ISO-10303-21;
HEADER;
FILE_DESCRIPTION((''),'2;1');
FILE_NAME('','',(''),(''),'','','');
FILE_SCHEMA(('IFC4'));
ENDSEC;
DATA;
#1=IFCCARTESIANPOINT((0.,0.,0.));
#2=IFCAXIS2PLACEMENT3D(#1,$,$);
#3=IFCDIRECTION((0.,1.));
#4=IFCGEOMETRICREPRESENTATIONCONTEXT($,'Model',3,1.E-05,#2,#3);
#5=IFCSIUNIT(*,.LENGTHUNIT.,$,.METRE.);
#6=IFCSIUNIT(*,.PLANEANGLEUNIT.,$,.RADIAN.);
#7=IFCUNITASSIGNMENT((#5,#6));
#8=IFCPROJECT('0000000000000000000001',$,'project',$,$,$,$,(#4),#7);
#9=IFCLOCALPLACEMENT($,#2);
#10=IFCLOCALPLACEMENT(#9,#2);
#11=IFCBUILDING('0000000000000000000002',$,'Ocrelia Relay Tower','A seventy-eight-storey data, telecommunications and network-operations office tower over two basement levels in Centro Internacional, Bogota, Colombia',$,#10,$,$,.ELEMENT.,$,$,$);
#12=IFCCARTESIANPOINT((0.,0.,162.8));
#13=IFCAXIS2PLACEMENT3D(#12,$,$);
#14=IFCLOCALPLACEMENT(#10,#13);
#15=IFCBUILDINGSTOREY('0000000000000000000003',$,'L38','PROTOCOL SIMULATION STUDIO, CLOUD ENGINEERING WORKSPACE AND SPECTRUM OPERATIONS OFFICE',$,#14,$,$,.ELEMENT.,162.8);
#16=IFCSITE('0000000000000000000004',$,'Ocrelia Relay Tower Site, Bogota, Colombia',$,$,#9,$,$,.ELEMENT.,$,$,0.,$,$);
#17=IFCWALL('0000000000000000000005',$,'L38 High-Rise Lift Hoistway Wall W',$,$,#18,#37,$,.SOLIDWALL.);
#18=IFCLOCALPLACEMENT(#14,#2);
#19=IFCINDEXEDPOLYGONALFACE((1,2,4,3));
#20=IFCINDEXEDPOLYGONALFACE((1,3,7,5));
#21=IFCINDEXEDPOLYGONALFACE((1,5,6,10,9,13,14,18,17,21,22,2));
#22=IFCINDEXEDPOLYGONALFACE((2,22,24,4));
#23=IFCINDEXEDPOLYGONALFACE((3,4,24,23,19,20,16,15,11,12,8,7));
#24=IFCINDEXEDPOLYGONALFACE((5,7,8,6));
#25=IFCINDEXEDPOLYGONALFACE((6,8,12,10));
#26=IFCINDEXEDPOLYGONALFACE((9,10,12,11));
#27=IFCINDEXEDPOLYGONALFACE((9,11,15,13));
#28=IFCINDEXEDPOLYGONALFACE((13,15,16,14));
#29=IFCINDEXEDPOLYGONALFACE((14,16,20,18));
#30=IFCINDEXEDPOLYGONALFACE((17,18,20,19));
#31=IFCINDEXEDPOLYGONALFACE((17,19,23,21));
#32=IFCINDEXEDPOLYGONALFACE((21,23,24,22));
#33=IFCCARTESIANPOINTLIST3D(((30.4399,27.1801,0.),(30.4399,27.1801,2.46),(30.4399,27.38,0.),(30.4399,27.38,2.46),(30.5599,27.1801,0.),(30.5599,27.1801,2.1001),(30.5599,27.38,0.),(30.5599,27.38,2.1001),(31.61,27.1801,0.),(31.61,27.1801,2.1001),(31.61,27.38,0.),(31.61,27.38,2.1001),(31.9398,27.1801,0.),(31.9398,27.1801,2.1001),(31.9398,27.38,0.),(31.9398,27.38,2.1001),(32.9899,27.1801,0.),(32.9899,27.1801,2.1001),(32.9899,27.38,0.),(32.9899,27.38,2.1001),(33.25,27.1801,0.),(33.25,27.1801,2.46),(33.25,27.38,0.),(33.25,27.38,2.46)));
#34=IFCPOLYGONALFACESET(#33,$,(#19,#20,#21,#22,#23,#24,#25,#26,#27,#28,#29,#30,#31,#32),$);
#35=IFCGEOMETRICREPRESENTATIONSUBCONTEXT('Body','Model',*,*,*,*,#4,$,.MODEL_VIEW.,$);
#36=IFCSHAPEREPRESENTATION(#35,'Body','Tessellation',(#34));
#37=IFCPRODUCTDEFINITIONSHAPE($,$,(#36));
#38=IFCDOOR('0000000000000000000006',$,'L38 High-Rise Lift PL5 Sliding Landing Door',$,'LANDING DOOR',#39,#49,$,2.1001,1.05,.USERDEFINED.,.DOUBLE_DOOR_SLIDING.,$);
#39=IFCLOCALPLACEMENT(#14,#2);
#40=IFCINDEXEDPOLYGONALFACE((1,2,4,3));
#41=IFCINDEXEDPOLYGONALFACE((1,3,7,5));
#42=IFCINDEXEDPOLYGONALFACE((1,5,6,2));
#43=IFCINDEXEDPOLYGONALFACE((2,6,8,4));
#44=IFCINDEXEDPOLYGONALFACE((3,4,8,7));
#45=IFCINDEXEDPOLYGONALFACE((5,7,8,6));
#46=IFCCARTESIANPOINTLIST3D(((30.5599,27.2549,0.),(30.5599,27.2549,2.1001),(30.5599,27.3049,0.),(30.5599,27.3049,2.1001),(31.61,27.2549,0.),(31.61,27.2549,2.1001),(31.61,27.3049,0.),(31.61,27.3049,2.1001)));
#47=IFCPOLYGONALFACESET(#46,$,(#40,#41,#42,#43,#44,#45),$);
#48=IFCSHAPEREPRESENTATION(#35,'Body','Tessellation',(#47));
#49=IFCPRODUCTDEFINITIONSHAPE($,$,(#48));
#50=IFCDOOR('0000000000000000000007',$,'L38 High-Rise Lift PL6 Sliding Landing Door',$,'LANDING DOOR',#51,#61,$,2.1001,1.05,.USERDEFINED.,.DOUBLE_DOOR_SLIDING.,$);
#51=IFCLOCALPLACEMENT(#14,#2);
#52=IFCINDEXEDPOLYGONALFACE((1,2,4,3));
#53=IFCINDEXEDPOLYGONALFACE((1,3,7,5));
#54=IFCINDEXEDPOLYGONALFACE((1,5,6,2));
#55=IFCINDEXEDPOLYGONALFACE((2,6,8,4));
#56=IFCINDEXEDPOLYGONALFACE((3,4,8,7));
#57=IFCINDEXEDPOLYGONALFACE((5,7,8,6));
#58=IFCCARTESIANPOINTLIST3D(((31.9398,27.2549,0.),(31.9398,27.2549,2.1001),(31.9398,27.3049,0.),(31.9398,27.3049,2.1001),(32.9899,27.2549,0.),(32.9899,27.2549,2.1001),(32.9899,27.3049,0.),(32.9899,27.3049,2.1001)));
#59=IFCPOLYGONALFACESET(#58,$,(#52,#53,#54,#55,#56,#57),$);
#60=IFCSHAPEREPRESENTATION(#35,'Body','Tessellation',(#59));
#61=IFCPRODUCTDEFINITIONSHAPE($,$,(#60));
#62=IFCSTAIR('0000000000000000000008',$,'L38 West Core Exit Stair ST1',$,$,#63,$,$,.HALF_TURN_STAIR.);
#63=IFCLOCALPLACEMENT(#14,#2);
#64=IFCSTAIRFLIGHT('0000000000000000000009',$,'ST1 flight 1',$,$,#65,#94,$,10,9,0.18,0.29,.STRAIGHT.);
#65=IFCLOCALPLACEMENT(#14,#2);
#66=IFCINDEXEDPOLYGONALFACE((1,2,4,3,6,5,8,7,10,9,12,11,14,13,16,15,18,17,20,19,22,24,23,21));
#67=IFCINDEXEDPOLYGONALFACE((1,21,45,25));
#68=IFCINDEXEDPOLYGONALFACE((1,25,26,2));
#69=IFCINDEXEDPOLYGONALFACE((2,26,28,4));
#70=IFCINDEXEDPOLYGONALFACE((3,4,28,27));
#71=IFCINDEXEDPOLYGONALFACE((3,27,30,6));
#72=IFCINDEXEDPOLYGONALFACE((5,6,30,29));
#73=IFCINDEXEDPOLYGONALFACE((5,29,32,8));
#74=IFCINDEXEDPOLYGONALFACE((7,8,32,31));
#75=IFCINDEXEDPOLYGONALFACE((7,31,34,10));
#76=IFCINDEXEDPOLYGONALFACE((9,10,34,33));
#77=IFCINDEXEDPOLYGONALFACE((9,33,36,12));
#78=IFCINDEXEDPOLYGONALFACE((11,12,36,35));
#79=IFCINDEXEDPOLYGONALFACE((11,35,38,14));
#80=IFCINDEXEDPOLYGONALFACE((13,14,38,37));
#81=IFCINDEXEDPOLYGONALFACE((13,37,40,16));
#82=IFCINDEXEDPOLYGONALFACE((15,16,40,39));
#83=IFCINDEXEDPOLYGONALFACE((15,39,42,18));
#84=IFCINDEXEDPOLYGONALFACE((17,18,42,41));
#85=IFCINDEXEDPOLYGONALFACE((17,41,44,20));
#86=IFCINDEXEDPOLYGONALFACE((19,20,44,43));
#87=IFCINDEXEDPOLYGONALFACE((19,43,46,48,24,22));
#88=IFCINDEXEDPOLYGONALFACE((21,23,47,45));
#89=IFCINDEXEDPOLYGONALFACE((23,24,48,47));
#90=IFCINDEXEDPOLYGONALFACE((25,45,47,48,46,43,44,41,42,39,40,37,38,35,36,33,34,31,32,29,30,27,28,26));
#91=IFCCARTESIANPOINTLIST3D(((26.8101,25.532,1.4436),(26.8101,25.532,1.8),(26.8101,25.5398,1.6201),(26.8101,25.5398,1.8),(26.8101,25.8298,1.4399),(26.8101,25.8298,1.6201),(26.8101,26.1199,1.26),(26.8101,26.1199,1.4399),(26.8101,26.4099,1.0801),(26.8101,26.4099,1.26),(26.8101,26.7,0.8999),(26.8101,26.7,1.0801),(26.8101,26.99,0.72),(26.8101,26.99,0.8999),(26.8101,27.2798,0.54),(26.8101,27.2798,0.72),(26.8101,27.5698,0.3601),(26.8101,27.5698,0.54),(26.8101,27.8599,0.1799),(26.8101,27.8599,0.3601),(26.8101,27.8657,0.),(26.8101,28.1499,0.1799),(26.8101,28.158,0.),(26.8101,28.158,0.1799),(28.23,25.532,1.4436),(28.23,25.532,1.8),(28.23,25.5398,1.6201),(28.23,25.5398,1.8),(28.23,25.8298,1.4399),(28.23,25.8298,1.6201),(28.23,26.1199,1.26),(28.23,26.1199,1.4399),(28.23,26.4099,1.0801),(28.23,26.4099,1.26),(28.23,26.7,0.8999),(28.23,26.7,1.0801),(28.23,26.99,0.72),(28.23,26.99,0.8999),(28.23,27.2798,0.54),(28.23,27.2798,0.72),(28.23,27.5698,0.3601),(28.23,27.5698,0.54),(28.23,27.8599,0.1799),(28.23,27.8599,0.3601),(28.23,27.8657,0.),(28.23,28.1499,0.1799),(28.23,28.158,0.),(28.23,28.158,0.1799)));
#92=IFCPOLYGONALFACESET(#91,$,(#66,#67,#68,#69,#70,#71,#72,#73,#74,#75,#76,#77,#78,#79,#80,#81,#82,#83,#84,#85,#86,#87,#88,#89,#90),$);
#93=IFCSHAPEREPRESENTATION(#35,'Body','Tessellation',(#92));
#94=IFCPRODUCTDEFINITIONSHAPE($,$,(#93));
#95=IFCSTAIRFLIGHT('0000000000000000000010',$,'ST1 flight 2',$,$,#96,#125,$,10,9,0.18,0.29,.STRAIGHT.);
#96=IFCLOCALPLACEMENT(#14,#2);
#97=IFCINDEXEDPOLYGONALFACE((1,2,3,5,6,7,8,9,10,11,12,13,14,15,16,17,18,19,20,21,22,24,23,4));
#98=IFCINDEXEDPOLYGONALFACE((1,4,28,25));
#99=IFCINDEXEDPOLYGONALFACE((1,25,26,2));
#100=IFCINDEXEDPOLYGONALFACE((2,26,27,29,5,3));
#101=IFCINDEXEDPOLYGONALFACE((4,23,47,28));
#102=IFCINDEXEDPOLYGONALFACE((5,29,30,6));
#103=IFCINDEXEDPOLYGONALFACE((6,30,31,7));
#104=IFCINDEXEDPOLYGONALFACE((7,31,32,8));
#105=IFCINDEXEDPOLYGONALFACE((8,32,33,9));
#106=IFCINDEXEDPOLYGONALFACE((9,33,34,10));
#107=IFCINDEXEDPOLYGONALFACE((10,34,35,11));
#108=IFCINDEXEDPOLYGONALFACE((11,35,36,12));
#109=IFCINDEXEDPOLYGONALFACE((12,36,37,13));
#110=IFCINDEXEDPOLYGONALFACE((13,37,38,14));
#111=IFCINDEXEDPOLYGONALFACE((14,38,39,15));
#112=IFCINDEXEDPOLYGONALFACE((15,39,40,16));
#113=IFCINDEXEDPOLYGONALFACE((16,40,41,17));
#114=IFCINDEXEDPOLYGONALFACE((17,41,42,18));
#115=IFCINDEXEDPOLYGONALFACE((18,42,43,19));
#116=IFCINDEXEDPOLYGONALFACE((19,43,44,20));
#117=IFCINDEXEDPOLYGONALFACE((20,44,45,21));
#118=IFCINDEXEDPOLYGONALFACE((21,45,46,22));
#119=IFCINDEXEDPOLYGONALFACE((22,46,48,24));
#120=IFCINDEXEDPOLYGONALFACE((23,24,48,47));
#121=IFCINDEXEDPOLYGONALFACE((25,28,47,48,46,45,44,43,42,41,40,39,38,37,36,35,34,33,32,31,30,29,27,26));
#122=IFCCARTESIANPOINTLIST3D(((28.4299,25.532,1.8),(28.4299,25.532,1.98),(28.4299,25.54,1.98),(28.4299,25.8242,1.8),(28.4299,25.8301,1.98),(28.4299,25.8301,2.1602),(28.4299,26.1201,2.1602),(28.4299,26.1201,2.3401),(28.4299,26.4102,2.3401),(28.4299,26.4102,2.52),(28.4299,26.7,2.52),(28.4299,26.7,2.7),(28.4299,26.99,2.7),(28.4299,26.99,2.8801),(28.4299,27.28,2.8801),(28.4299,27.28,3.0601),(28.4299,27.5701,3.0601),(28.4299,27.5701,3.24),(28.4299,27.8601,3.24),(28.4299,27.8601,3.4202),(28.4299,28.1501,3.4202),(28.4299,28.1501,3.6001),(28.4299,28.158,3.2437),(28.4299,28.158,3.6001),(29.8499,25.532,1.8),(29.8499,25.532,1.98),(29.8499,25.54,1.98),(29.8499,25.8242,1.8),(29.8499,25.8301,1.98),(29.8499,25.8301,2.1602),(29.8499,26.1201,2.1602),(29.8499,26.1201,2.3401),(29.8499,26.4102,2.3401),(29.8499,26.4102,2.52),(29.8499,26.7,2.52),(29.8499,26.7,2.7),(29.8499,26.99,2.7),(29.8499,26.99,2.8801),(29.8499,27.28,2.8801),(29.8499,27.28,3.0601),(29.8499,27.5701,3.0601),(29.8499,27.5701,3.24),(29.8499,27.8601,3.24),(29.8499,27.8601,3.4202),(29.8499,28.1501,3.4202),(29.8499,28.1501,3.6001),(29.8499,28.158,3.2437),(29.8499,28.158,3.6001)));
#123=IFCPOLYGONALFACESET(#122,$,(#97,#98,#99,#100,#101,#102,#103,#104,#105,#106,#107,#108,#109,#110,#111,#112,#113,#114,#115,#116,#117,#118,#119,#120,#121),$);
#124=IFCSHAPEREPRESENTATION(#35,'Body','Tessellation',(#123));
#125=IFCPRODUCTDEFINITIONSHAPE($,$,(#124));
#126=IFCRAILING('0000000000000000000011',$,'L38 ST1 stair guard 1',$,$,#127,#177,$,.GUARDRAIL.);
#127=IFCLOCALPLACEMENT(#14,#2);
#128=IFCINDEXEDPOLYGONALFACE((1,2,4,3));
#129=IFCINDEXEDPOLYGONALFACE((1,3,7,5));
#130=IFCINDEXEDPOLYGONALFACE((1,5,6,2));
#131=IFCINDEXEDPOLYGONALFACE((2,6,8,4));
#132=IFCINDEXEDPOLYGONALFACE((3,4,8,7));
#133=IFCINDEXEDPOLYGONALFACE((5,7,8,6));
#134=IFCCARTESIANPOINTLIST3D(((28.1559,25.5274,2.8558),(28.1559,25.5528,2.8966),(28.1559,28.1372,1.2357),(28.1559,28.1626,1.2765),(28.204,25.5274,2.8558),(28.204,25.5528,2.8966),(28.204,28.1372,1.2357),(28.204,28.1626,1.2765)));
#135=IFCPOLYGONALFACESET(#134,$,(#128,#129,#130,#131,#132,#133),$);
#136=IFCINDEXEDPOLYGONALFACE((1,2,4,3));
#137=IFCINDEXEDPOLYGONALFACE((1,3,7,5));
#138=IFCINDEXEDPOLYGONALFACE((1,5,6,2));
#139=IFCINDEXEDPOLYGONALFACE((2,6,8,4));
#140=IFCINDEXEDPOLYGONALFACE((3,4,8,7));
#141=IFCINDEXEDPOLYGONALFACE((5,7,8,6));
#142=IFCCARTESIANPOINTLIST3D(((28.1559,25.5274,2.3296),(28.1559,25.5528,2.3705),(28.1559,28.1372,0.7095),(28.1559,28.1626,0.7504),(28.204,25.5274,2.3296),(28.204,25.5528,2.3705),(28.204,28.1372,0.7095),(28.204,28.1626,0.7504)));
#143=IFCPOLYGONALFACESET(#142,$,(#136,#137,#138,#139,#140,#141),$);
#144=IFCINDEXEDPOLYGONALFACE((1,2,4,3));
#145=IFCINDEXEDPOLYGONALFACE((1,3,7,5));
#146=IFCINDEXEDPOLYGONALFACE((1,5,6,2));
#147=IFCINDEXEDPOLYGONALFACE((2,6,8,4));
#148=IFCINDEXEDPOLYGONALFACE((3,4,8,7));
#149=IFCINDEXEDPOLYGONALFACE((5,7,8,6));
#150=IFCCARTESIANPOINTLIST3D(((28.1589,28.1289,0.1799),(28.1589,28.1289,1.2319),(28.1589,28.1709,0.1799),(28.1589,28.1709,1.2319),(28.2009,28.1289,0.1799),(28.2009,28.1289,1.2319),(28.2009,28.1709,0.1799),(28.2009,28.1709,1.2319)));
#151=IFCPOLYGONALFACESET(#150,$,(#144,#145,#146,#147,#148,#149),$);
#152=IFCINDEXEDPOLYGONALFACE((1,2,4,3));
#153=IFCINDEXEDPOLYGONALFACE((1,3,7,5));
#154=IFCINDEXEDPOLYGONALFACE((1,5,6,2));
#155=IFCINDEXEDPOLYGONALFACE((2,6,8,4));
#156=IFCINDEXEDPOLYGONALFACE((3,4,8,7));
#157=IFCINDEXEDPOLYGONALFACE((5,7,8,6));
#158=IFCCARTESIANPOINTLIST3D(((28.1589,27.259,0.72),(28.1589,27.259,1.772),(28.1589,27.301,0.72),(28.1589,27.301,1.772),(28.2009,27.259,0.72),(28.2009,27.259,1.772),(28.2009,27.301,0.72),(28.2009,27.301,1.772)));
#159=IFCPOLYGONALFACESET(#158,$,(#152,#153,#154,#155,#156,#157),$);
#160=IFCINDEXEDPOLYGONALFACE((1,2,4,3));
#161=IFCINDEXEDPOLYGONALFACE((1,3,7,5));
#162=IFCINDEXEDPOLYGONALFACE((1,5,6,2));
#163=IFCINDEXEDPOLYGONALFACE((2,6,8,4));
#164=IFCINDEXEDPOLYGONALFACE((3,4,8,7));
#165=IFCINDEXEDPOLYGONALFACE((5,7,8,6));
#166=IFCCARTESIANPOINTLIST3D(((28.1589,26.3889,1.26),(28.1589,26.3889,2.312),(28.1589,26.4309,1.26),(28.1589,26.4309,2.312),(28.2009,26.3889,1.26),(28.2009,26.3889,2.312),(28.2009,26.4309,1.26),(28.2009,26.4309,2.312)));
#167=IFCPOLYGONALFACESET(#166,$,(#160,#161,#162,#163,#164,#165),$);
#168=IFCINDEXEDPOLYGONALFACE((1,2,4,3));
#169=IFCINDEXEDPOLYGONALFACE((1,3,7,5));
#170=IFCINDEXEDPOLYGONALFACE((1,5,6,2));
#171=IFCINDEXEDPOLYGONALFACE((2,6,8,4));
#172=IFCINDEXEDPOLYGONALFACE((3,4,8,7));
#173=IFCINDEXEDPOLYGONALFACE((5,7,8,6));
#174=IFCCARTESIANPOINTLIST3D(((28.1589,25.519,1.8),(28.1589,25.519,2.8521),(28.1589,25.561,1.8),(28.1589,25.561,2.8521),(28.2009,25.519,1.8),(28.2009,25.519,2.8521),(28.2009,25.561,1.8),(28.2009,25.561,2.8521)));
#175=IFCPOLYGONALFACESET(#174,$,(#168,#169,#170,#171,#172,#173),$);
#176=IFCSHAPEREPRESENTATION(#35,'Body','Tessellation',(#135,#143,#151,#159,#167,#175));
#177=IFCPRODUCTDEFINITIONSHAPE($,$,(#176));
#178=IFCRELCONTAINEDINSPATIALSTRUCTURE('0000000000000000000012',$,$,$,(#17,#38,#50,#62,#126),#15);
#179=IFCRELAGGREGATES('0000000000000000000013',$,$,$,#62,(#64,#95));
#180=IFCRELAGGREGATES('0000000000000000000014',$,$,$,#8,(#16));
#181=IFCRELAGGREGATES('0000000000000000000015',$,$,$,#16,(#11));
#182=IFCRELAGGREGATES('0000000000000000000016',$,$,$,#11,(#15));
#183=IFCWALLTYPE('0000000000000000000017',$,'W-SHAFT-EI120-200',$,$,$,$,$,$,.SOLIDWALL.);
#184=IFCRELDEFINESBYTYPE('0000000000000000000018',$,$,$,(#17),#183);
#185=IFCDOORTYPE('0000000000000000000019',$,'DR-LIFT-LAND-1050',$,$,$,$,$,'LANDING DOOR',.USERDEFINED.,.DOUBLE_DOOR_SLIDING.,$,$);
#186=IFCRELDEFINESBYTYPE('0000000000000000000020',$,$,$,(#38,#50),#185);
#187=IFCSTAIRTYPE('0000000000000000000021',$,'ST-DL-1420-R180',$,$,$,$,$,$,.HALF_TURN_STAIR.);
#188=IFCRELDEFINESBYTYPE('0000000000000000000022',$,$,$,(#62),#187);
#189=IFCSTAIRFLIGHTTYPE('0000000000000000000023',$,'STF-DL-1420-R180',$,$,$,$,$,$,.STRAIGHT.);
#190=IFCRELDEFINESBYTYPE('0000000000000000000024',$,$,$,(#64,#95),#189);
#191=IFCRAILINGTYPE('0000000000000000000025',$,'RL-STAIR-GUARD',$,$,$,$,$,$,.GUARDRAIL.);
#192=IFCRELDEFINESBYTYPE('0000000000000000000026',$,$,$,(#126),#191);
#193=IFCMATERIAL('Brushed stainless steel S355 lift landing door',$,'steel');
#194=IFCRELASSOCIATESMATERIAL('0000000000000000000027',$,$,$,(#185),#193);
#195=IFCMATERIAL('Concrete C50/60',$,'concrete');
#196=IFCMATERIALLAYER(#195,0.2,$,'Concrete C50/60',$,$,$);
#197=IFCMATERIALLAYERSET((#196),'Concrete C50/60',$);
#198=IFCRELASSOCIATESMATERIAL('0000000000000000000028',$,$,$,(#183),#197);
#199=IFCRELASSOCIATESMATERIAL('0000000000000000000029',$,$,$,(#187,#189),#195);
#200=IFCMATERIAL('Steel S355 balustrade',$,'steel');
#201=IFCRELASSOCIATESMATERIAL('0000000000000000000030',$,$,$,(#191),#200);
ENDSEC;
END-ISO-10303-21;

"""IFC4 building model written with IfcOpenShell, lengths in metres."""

from ifc_helpers import new_model, si_unit, direction, frame, frame_2d, origin, origin_2d, place, context, subcontext, project, spatial, polyline, rectangle, outline, extrude, material, layer, layer_set, type_object, element, fill, aggregate, save


model = new_model("IFC4")

# Units and contexts
model_context = context("Model", 3, precision=1e-05, world=origin(), true_north=direction((0.0, 1.0)))
body_context = subcontext(model_context, "Body", "Model", "MODEL_VIEW")
ifc_project = project(units=[si_unit("LENGTHUNIT", "METRE"), si_unit("PLANEANGLEUNIT", "RADIAN")], contexts=[model_context])

# Site, building, storey
site_placement = place(None, origin())
site = spatial("IfcSite", under=ifc_project, at=site_placement, Name="Ocrelia Relay Tower Site, Bogota, Colombia", CompositionType="ELEMENT", RefElevation=0.0)
building_placement = place(site_placement, origin())
building = spatial("IfcBuilding", under=site, at=building_placement, Name="Ocrelia Relay Tower", Description="A seventy-eight-storey data, telecommunications and network-operations office tower over two basement levels in Centro Internacional, Bogota, Colombia", CompositionType="ELEMENT")
storey_placement = place(building_placement, frame((0.0, 0.0, 162.8)))
storey = spatial("IfcBuildingStorey", under=building, at=storey_placement, Name="L38", Description="PROTOCOL SIMULATION STUDIO, CLOUD ENGINEERING WORKSPACE AND SPECTRUM OPERATIONS OFFICE", CompositionType="ELEMENT", Elevation=162.8)

# Shared definitions
ifc_material_1 = material(Name="Concrete C50/60", Category="concrete")

# Shared definitions
ifc_material_2 = material(Name="Brushed stainless steel S355 lift landing door", Category="steel")
door_type_1 = type_object("IfcDoorType", Name="DR-LIFT-LAND-1050", ElementType="LANDING DOOR", OperationType="DOUBLE_DOOR_SLIDING", PredefinedType="USERDEFINED", material=ifc_material_2)

# Wall, openings, doors
ifc_layer_1 = layer(ifc_material_1, 0.2, Name="Concrete C50/60")
ifc_layer_set_1 = layer_set([ifc_layer_1], Name="Concrete C50/60")
wall_type_1 = type_object("IfcWallType", Name="W-SHAFT-EI120-200", PredefinedType="SOLIDWALL", material=ifc_layer_set_1)
wall_1_placement = place(storey_placement, frame((30.4399, 27.28, 0.0), z_axis=(0.0, 0.0, 1.0), x_axis=(1.0, 0.0, 0.0)))
wall_1 = element("IfcWall", 1, at=wall_1_placement, inside=storey, type_object=wall_type_1, Name="L38 High-Rise Lift Hoistway Wall W", PredefinedType="SOLIDWALL", context=body_context, shape_type="SweptSolid", body=[
    extrude(rectangle(XDim=2.8101, YDim=0.2, at=frame_2d((1.405, 0.0))), origin(), (0.0, 0.0, 1.0), 2.46),
])
opening_1_placement = place(wall_1_placement, frame((0.1201, 0.0, 0.0)))
opening_1 = element("IfcOpeningElement", 2, at=opening_1_placement, cuts=wall_1, PredefinedType="OPENING", context=body_context, shape_type="SweptSolid", body=[
    extrude(rectangle(XDim=1.05, YDim=2.1001, at=frame_2d((0.5249, 1.05))), frame((0.0, 0.1099, 0.0), z_axis=(0.0, -1.0, 0.0), x_axis=(1.0, 0.0, 0.0)), (0.0, 0.0, 1.0), 0.22),
])
opening_2_placement = place(wall_1_placement, frame((1.5, 0.0, 0.0)))
opening_2 = element("IfcOpeningElement", 3, at=opening_2_placement, cuts=wall_1, PredefinedType="OPENING", context=body_context, shape_type="SweptSolid", body=[
    extrude(rectangle(XDim=1.05, YDim=2.1001, at=frame_2d((0.5249, 1.05))), frame((0.0, 0.1099, 0.0), z_axis=(0.0, -1.0, 0.0), x_axis=(1.0, 0.0, 0.0)), (0.0, 0.0, 1.0), 0.22),
])
door_1_placement = place(opening_1_placement, origin())
door_1 = element("IfcDoor", 4, at=door_1_placement, inside=storey, type_object=door_type_1, Name="L38 High-Rise Lift PL5 Sliding Landing Door", ObjectType="LANDING DOOR", OperationType="DOUBLE_DOOR_SLIDING", OverallHeight=2.1001, OverallWidth=1.05, PredefinedType="USERDEFINED", context=body_context, shape_type="SweptSolid", body=[
    extrude(rectangle(XDim=1.05, YDim=2.1001, at=frame_2d((0.5249, 1.05))), frame((0.0, 0.0249, 0.0), z_axis=(0.0, -1.0, 0.0), x_axis=(1.0, 0.0, 0.0)), (0.0, 0.0, 1.0), 0.05),
])
fill(opening_1, door_1)
door_2_placement = place(opening_2_placement, origin())
door_2 = element("IfcDoor", 5, at=door_2_placement, inside=storey, type_object=door_type_1, Name="L38 High-Rise Lift PL6 Sliding Landing Door", ObjectType="LANDING DOOR", OperationType="DOUBLE_DOOR_SLIDING", OverallHeight=2.1001, OverallWidth=1.05, PredefinedType="USERDEFINED", context=body_context, shape_type="SweptSolid", body=[
    extrude(rectangle(XDim=1.05, YDim=2.1001, at=frame_2d((0.5249, 1.05))), frame((0.0, 0.0249, 0.0), z_axis=(0.0, -1.0, 0.0), x_axis=(1.0, 0.0, 0.0)), (0.0, 0.0, 1.0), 0.05),
])
fill(opening_2, door_2)

# Stair, stair flights
stair_type = type_object("IfcStairType", Name="ST-DL-1420-R180", PredefinedType="HALF_TURN_STAIR", material=ifc_material_1)
stair_placement = place(storey_placement, origin())
stair = element("IfcStair", 6, at=stair_placement, inside=storey, type_object=stair_type, Name="L38 West Core Exit Stair ST1", PredefinedType="HALF_TURN_STAIR")
stair_flight_type = type_object("IfcStairFlightType", Name="STF-DL-1420-R180", PredefinedType="STRAIGHT", material=ifc_material_1)
stair_flight_1_placement = place(storey_placement, frame((27.52, 28.1499, 0.0), z_axis=(0.0, 0.0, 1.0), x_axis=(0.0, -1.0, 0.0)))
stair_flight_1 = element("IfcStairFlight", 7, at=stair_flight_1_placement, type_object=stair_flight_type, Name="ST1 flight 1", NumberOfRisers=10, NumberOfTreads=9, PredefinedType="STRAIGHT", RiserHeight=0.18, TreadLength=0.29, context=body_context, shape_type="SweptSolid", body=[
    extrude(outline(polyline([(-0.0081, 0.0), (-0.0081, 0.1799), (0.0, 0.1799), (0.29, 0.1799), (0.29, 0.3601), (0.5801, 0.3601), (0.5801, 0.54), (0.8701, 0.54), (0.8701, 0.72), (1.1599, 0.72), (1.1599, 0.8999), (1.45, 0.8999), (1.45, 1.0801), (1.74, 1.0801), (1.74, 1.26), (2.03, 1.26), (2.03, 1.4399), (2.3201, 1.4399), (2.3201, 1.6201), (2.6101, 1.6201), (2.6101, 1.8), (2.6179, 1.8), (2.6179, 1.4436), (0.2842, 0.0), (-0.0081, 0.0)])), frame((0.0, 0.71, 0.0), z_axis=(0.0, -1.0, 0.0), x_axis=(1.0, 0.0, 0.0)), (0.0, 0.0, 1.0), 1.4199),
])
stair_flight_2_placement = place(storey_placement, frame((29.1399, 25.54, 1.8), z_axis=(0.0, 0.0, 1.0), x_axis=(0.0, 1.0, 0.0)))
stair_flight_2 = element("IfcStairFlight", 8, at=stair_flight_2_placement, type_object=stair_flight_type, Name="ST1 flight 2", NumberOfRisers=10, NumberOfTreads=9, PredefinedType="STRAIGHT", RiserHeight=0.18, TreadLength=0.29, context=body_context, shape_type="SweptSolid", body=[
    extrude(outline(polyline([(-0.0081, 0.0), (-0.0081, 0.1799), (0.0, 0.1799), (0.29, 0.1799), (0.29, 0.3601), (0.5801, 0.3601), (0.5801, 0.54), (0.8701, 0.54), (0.8701, 0.72), (1.1599, 0.72), (1.1599, 0.8999), (1.45, 0.8999), (1.45, 1.0801), (1.74, 1.0801), (1.74, 1.26), (2.03, 1.26), (2.03, 1.4399), (2.3201, 1.4399), (2.3201, 1.6201), (2.6101, 1.6201), (2.6101, 1.8), (2.6179, 1.8), (2.6179, 1.4436), (0.2842, 0.0), (-0.0081, 0.0)])), frame((0.0, 0.71, 0.0), z_axis=(0.0, -1.0, 0.0), x_axis=(1.0, 0.0, 0.0)), (0.0, 0.0, 1.0), 1.4199),
])
aggregate(stair, [stair_flight_1, stair_flight_2])

# Railing
ifc_material_3 = material(Name="Steel S355 balustrade", Category="steel")
railing_type_1 = type_object("IfcRailingType", Name="RL-STAIR-GUARD", PredefinedType="GUARDRAIL", material=ifc_material_3)
railing_1_placement = place(storey_placement, frame((28.1799, 28.1499, 0.1799)))
element("IfcRailing", 9, at=railing_1_placement, inside=storey, type_object=railing_type_1, Name="L38 ST1 stair guard 1", PredefinedType="GUARDRAIL", context=body_context, shape_type="SweptSolid", body=[
    extrude(rectangle(XDim=0.0481, YDim=0.0481, at=origin_2d()), frame((0.0, 0.0, 1.0762), z_axis=(0.0, -0.849611, 0.52741), x_axis=(1.0, 0.0, 0.0)), (0.0, 0.0, 1.0), 3.0718),
    extrude(rectangle(XDim=0.0481, YDim=0.0481, at=origin_2d()), frame((0.0, 0.0, 0.55), z_axis=(0.0, -0.849611, 0.52741), x_axis=(1.0, 0.0, 0.0)), (0.0, 0.0, 1.0), 3.0718),
    extrude(rectangle(XDim=0.042, YDim=0.042, at=origin_2d()), origin(), (0.0, 0.0, 1.0), 1.052),
    extrude(rectangle(XDim=0.042, YDim=0.042, at=origin_2d()), frame((0.0, -0.8699, 0.54)), (0.0, 0.0, 1.0), 1.052),
    extrude(rectangle(XDim=0.042, YDim=0.042, at=origin_2d()), frame((0.0, -1.74, 1.0801)), (0.0, 0.0, 1.0), 1.052),
    extrude(rectangle(XDim=0.042, YDim=0.042, at=origin_2d()), frame((0.0, -2.6099, 1.6201)), (0.0, 0.0, 1.0), 1.052),
])

save(model, "model.ifc")
